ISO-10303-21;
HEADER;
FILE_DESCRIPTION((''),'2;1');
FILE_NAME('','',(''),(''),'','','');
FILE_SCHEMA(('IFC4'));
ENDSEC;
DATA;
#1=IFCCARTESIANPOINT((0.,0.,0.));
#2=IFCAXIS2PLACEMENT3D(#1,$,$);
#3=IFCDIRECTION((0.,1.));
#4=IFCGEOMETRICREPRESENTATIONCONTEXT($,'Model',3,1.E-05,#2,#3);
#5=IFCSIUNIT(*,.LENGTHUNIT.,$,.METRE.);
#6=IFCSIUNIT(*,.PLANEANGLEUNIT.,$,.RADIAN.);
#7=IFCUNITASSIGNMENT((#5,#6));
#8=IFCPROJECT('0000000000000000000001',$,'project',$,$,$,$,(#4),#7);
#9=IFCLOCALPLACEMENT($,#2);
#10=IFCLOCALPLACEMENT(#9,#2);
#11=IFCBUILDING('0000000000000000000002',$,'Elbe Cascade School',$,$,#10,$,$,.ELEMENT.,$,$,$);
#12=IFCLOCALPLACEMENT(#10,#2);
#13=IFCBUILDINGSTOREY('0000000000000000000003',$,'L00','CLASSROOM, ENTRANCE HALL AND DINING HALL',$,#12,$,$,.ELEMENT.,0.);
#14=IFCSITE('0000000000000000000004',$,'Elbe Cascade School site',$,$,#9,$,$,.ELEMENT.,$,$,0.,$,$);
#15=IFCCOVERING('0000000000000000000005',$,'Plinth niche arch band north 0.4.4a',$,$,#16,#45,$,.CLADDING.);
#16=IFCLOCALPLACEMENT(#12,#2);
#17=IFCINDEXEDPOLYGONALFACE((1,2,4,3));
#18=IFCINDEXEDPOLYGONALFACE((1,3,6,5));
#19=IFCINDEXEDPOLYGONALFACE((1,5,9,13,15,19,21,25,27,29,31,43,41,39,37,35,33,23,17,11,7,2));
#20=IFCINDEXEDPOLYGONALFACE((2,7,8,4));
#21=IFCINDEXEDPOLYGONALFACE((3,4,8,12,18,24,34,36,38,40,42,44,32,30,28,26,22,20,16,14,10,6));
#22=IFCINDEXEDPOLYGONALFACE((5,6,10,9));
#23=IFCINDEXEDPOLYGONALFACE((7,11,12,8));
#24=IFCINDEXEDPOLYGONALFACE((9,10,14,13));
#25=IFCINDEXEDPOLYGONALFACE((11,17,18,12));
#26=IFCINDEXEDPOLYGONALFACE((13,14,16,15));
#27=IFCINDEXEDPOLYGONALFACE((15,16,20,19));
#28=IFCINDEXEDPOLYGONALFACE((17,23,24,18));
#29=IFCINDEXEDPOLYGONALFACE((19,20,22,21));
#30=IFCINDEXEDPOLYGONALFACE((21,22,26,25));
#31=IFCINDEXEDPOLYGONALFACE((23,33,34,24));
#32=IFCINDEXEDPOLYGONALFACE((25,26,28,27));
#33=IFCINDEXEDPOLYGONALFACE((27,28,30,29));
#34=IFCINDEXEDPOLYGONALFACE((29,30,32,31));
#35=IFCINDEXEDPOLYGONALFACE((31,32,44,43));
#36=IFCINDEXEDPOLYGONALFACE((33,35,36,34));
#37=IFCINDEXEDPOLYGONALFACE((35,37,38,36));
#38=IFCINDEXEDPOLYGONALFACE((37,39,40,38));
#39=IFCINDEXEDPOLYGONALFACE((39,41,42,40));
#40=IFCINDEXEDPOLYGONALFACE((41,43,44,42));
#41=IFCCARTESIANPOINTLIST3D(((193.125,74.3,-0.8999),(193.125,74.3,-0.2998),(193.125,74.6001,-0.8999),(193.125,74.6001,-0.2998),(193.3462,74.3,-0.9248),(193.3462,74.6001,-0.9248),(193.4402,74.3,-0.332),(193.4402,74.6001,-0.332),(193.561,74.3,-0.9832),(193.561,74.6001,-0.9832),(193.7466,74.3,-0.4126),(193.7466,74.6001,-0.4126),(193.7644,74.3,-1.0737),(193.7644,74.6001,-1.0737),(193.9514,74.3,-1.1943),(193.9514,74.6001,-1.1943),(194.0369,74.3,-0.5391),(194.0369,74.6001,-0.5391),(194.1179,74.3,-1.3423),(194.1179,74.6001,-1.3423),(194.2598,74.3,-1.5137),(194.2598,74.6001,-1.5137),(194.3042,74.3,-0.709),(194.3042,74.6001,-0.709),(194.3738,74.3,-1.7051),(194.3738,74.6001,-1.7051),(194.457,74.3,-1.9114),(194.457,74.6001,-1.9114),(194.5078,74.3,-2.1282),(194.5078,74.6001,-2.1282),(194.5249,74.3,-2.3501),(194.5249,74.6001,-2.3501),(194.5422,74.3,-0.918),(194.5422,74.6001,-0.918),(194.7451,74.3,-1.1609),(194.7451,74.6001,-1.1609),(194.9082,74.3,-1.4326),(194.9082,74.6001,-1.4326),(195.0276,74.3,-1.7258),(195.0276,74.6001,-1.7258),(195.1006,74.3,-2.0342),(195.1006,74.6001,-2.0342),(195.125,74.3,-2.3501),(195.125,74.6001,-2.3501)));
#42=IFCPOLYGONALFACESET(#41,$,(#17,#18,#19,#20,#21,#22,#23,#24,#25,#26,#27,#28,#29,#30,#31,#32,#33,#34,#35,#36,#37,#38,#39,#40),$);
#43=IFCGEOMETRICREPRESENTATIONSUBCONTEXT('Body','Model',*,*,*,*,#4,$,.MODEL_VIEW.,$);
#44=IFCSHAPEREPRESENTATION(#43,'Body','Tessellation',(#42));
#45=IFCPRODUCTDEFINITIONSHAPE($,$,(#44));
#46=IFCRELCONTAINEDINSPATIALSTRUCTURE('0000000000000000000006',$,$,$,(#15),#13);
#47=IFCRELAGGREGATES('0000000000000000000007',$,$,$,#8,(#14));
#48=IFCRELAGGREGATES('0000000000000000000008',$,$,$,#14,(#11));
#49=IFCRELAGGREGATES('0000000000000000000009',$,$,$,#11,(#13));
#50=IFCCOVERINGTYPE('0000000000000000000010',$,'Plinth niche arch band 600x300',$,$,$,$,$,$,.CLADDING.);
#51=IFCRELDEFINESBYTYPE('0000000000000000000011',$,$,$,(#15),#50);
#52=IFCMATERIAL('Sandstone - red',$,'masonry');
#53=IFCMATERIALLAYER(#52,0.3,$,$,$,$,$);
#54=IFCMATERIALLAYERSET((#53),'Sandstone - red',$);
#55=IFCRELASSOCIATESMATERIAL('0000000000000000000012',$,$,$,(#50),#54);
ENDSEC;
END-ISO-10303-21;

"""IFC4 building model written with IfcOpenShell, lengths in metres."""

from ifc_helpers import new_model, si_unit, direction, frame, origin, place, context, subcontext, project, spatial, polyline, outline, extrude, material, layer, layer_set, type_object, element, save


model = new_model("IFC4")

# Units and contexts
model_context = context("Model", 3, precision=1e-05, world=origin(), true_north=direction((0.0, 1.0)))
body_context = subcontext(model_context, "Body", "Model", "MODEL_VIEW")
ifc_project = project(units=[si_unit("LENGTHUNIT", "METRE"), si_unit("PLANEANGLEUNIT", "RADIAN")], contexts=[model_context])

# Site, building, storey
site_placement = place(None, origin())
site = spatial("IfcSite", under=ifc_project, at=site_placement, Name="Elbe Cascade School site", CompositionType="ELEMENT", RefElevation=0.0)
building_placement = place(site_placement, origin())
building = spatial("IfcBuilding", under=site, at=building_placement, Name="Elbe Cascade School", CompositionType="ELEMENT")
storey_placement = place(building_placement, origin())
storey = spatial("IfcBuildingStorey", under=building, at=storey_placement, Name="L00", Description="CLASSROOM, ENTRANCE HALL AND DINING HALL", CompositionType="ELEMENT", Elevation=0.0)

# Covering
ifc_material_1 = material(Name="Sandstone - red", Category="masonry")
ifc_layer_1 = layer(ifc_material_1, 0.3)
ifc_layer_set_1 = layer_set([ifc_layer_1], Name="Sandstone - red")
covering_type_1 = type_object("IfcCoveringType", Name="Plinth niche arch band 600x300", PredefinedType="CLADDING", material=ifc_layer_set_1)
covering_1_placement = place(storey_placement, frame((195.125, 74.6001, -2.3501), z_axis=(0.0, 1.0, 0.0), x_axis=(-1.0, 0.0, 0.0)))
element("IfcCovering", 1, at=covering_1_placement, inside=storey, type_object=covering_type_1, Name="Plinth niche arch band north 0.4.4a", PredefinedType="CLADDING", context=body_context, shape_type="SweptSolid", body=[
    extrude(outline(polyline([(0.0, 0.0), (0.6001, 0.0), (0.6172, 0.2219), (0.668, 0.4387), (0.7512, 0.645), (0.8652, 0.8364), (1.0071, 1.0078), (1.1736, 1.1558), (1.3606, 1.2764), (1.564, 1.3669), (1.7788, 1.4253), (2.0, 1.4502), (2.0, 2.0503), (1.6848, 2.0181), (1.3784, 1.9375), (1.0881, 1.811), (0.8208, 1.6411), (0.5828, 1.4321), (0.3799, 1.1892), (0.2168, 0.9175), (0.0974, 0.6243), (0.0244, 0.3159), (0.0, 0.0)])), origin(), (0.0, 0.0, -1.0), 0.3),
])

save(model, "model.ifc")
